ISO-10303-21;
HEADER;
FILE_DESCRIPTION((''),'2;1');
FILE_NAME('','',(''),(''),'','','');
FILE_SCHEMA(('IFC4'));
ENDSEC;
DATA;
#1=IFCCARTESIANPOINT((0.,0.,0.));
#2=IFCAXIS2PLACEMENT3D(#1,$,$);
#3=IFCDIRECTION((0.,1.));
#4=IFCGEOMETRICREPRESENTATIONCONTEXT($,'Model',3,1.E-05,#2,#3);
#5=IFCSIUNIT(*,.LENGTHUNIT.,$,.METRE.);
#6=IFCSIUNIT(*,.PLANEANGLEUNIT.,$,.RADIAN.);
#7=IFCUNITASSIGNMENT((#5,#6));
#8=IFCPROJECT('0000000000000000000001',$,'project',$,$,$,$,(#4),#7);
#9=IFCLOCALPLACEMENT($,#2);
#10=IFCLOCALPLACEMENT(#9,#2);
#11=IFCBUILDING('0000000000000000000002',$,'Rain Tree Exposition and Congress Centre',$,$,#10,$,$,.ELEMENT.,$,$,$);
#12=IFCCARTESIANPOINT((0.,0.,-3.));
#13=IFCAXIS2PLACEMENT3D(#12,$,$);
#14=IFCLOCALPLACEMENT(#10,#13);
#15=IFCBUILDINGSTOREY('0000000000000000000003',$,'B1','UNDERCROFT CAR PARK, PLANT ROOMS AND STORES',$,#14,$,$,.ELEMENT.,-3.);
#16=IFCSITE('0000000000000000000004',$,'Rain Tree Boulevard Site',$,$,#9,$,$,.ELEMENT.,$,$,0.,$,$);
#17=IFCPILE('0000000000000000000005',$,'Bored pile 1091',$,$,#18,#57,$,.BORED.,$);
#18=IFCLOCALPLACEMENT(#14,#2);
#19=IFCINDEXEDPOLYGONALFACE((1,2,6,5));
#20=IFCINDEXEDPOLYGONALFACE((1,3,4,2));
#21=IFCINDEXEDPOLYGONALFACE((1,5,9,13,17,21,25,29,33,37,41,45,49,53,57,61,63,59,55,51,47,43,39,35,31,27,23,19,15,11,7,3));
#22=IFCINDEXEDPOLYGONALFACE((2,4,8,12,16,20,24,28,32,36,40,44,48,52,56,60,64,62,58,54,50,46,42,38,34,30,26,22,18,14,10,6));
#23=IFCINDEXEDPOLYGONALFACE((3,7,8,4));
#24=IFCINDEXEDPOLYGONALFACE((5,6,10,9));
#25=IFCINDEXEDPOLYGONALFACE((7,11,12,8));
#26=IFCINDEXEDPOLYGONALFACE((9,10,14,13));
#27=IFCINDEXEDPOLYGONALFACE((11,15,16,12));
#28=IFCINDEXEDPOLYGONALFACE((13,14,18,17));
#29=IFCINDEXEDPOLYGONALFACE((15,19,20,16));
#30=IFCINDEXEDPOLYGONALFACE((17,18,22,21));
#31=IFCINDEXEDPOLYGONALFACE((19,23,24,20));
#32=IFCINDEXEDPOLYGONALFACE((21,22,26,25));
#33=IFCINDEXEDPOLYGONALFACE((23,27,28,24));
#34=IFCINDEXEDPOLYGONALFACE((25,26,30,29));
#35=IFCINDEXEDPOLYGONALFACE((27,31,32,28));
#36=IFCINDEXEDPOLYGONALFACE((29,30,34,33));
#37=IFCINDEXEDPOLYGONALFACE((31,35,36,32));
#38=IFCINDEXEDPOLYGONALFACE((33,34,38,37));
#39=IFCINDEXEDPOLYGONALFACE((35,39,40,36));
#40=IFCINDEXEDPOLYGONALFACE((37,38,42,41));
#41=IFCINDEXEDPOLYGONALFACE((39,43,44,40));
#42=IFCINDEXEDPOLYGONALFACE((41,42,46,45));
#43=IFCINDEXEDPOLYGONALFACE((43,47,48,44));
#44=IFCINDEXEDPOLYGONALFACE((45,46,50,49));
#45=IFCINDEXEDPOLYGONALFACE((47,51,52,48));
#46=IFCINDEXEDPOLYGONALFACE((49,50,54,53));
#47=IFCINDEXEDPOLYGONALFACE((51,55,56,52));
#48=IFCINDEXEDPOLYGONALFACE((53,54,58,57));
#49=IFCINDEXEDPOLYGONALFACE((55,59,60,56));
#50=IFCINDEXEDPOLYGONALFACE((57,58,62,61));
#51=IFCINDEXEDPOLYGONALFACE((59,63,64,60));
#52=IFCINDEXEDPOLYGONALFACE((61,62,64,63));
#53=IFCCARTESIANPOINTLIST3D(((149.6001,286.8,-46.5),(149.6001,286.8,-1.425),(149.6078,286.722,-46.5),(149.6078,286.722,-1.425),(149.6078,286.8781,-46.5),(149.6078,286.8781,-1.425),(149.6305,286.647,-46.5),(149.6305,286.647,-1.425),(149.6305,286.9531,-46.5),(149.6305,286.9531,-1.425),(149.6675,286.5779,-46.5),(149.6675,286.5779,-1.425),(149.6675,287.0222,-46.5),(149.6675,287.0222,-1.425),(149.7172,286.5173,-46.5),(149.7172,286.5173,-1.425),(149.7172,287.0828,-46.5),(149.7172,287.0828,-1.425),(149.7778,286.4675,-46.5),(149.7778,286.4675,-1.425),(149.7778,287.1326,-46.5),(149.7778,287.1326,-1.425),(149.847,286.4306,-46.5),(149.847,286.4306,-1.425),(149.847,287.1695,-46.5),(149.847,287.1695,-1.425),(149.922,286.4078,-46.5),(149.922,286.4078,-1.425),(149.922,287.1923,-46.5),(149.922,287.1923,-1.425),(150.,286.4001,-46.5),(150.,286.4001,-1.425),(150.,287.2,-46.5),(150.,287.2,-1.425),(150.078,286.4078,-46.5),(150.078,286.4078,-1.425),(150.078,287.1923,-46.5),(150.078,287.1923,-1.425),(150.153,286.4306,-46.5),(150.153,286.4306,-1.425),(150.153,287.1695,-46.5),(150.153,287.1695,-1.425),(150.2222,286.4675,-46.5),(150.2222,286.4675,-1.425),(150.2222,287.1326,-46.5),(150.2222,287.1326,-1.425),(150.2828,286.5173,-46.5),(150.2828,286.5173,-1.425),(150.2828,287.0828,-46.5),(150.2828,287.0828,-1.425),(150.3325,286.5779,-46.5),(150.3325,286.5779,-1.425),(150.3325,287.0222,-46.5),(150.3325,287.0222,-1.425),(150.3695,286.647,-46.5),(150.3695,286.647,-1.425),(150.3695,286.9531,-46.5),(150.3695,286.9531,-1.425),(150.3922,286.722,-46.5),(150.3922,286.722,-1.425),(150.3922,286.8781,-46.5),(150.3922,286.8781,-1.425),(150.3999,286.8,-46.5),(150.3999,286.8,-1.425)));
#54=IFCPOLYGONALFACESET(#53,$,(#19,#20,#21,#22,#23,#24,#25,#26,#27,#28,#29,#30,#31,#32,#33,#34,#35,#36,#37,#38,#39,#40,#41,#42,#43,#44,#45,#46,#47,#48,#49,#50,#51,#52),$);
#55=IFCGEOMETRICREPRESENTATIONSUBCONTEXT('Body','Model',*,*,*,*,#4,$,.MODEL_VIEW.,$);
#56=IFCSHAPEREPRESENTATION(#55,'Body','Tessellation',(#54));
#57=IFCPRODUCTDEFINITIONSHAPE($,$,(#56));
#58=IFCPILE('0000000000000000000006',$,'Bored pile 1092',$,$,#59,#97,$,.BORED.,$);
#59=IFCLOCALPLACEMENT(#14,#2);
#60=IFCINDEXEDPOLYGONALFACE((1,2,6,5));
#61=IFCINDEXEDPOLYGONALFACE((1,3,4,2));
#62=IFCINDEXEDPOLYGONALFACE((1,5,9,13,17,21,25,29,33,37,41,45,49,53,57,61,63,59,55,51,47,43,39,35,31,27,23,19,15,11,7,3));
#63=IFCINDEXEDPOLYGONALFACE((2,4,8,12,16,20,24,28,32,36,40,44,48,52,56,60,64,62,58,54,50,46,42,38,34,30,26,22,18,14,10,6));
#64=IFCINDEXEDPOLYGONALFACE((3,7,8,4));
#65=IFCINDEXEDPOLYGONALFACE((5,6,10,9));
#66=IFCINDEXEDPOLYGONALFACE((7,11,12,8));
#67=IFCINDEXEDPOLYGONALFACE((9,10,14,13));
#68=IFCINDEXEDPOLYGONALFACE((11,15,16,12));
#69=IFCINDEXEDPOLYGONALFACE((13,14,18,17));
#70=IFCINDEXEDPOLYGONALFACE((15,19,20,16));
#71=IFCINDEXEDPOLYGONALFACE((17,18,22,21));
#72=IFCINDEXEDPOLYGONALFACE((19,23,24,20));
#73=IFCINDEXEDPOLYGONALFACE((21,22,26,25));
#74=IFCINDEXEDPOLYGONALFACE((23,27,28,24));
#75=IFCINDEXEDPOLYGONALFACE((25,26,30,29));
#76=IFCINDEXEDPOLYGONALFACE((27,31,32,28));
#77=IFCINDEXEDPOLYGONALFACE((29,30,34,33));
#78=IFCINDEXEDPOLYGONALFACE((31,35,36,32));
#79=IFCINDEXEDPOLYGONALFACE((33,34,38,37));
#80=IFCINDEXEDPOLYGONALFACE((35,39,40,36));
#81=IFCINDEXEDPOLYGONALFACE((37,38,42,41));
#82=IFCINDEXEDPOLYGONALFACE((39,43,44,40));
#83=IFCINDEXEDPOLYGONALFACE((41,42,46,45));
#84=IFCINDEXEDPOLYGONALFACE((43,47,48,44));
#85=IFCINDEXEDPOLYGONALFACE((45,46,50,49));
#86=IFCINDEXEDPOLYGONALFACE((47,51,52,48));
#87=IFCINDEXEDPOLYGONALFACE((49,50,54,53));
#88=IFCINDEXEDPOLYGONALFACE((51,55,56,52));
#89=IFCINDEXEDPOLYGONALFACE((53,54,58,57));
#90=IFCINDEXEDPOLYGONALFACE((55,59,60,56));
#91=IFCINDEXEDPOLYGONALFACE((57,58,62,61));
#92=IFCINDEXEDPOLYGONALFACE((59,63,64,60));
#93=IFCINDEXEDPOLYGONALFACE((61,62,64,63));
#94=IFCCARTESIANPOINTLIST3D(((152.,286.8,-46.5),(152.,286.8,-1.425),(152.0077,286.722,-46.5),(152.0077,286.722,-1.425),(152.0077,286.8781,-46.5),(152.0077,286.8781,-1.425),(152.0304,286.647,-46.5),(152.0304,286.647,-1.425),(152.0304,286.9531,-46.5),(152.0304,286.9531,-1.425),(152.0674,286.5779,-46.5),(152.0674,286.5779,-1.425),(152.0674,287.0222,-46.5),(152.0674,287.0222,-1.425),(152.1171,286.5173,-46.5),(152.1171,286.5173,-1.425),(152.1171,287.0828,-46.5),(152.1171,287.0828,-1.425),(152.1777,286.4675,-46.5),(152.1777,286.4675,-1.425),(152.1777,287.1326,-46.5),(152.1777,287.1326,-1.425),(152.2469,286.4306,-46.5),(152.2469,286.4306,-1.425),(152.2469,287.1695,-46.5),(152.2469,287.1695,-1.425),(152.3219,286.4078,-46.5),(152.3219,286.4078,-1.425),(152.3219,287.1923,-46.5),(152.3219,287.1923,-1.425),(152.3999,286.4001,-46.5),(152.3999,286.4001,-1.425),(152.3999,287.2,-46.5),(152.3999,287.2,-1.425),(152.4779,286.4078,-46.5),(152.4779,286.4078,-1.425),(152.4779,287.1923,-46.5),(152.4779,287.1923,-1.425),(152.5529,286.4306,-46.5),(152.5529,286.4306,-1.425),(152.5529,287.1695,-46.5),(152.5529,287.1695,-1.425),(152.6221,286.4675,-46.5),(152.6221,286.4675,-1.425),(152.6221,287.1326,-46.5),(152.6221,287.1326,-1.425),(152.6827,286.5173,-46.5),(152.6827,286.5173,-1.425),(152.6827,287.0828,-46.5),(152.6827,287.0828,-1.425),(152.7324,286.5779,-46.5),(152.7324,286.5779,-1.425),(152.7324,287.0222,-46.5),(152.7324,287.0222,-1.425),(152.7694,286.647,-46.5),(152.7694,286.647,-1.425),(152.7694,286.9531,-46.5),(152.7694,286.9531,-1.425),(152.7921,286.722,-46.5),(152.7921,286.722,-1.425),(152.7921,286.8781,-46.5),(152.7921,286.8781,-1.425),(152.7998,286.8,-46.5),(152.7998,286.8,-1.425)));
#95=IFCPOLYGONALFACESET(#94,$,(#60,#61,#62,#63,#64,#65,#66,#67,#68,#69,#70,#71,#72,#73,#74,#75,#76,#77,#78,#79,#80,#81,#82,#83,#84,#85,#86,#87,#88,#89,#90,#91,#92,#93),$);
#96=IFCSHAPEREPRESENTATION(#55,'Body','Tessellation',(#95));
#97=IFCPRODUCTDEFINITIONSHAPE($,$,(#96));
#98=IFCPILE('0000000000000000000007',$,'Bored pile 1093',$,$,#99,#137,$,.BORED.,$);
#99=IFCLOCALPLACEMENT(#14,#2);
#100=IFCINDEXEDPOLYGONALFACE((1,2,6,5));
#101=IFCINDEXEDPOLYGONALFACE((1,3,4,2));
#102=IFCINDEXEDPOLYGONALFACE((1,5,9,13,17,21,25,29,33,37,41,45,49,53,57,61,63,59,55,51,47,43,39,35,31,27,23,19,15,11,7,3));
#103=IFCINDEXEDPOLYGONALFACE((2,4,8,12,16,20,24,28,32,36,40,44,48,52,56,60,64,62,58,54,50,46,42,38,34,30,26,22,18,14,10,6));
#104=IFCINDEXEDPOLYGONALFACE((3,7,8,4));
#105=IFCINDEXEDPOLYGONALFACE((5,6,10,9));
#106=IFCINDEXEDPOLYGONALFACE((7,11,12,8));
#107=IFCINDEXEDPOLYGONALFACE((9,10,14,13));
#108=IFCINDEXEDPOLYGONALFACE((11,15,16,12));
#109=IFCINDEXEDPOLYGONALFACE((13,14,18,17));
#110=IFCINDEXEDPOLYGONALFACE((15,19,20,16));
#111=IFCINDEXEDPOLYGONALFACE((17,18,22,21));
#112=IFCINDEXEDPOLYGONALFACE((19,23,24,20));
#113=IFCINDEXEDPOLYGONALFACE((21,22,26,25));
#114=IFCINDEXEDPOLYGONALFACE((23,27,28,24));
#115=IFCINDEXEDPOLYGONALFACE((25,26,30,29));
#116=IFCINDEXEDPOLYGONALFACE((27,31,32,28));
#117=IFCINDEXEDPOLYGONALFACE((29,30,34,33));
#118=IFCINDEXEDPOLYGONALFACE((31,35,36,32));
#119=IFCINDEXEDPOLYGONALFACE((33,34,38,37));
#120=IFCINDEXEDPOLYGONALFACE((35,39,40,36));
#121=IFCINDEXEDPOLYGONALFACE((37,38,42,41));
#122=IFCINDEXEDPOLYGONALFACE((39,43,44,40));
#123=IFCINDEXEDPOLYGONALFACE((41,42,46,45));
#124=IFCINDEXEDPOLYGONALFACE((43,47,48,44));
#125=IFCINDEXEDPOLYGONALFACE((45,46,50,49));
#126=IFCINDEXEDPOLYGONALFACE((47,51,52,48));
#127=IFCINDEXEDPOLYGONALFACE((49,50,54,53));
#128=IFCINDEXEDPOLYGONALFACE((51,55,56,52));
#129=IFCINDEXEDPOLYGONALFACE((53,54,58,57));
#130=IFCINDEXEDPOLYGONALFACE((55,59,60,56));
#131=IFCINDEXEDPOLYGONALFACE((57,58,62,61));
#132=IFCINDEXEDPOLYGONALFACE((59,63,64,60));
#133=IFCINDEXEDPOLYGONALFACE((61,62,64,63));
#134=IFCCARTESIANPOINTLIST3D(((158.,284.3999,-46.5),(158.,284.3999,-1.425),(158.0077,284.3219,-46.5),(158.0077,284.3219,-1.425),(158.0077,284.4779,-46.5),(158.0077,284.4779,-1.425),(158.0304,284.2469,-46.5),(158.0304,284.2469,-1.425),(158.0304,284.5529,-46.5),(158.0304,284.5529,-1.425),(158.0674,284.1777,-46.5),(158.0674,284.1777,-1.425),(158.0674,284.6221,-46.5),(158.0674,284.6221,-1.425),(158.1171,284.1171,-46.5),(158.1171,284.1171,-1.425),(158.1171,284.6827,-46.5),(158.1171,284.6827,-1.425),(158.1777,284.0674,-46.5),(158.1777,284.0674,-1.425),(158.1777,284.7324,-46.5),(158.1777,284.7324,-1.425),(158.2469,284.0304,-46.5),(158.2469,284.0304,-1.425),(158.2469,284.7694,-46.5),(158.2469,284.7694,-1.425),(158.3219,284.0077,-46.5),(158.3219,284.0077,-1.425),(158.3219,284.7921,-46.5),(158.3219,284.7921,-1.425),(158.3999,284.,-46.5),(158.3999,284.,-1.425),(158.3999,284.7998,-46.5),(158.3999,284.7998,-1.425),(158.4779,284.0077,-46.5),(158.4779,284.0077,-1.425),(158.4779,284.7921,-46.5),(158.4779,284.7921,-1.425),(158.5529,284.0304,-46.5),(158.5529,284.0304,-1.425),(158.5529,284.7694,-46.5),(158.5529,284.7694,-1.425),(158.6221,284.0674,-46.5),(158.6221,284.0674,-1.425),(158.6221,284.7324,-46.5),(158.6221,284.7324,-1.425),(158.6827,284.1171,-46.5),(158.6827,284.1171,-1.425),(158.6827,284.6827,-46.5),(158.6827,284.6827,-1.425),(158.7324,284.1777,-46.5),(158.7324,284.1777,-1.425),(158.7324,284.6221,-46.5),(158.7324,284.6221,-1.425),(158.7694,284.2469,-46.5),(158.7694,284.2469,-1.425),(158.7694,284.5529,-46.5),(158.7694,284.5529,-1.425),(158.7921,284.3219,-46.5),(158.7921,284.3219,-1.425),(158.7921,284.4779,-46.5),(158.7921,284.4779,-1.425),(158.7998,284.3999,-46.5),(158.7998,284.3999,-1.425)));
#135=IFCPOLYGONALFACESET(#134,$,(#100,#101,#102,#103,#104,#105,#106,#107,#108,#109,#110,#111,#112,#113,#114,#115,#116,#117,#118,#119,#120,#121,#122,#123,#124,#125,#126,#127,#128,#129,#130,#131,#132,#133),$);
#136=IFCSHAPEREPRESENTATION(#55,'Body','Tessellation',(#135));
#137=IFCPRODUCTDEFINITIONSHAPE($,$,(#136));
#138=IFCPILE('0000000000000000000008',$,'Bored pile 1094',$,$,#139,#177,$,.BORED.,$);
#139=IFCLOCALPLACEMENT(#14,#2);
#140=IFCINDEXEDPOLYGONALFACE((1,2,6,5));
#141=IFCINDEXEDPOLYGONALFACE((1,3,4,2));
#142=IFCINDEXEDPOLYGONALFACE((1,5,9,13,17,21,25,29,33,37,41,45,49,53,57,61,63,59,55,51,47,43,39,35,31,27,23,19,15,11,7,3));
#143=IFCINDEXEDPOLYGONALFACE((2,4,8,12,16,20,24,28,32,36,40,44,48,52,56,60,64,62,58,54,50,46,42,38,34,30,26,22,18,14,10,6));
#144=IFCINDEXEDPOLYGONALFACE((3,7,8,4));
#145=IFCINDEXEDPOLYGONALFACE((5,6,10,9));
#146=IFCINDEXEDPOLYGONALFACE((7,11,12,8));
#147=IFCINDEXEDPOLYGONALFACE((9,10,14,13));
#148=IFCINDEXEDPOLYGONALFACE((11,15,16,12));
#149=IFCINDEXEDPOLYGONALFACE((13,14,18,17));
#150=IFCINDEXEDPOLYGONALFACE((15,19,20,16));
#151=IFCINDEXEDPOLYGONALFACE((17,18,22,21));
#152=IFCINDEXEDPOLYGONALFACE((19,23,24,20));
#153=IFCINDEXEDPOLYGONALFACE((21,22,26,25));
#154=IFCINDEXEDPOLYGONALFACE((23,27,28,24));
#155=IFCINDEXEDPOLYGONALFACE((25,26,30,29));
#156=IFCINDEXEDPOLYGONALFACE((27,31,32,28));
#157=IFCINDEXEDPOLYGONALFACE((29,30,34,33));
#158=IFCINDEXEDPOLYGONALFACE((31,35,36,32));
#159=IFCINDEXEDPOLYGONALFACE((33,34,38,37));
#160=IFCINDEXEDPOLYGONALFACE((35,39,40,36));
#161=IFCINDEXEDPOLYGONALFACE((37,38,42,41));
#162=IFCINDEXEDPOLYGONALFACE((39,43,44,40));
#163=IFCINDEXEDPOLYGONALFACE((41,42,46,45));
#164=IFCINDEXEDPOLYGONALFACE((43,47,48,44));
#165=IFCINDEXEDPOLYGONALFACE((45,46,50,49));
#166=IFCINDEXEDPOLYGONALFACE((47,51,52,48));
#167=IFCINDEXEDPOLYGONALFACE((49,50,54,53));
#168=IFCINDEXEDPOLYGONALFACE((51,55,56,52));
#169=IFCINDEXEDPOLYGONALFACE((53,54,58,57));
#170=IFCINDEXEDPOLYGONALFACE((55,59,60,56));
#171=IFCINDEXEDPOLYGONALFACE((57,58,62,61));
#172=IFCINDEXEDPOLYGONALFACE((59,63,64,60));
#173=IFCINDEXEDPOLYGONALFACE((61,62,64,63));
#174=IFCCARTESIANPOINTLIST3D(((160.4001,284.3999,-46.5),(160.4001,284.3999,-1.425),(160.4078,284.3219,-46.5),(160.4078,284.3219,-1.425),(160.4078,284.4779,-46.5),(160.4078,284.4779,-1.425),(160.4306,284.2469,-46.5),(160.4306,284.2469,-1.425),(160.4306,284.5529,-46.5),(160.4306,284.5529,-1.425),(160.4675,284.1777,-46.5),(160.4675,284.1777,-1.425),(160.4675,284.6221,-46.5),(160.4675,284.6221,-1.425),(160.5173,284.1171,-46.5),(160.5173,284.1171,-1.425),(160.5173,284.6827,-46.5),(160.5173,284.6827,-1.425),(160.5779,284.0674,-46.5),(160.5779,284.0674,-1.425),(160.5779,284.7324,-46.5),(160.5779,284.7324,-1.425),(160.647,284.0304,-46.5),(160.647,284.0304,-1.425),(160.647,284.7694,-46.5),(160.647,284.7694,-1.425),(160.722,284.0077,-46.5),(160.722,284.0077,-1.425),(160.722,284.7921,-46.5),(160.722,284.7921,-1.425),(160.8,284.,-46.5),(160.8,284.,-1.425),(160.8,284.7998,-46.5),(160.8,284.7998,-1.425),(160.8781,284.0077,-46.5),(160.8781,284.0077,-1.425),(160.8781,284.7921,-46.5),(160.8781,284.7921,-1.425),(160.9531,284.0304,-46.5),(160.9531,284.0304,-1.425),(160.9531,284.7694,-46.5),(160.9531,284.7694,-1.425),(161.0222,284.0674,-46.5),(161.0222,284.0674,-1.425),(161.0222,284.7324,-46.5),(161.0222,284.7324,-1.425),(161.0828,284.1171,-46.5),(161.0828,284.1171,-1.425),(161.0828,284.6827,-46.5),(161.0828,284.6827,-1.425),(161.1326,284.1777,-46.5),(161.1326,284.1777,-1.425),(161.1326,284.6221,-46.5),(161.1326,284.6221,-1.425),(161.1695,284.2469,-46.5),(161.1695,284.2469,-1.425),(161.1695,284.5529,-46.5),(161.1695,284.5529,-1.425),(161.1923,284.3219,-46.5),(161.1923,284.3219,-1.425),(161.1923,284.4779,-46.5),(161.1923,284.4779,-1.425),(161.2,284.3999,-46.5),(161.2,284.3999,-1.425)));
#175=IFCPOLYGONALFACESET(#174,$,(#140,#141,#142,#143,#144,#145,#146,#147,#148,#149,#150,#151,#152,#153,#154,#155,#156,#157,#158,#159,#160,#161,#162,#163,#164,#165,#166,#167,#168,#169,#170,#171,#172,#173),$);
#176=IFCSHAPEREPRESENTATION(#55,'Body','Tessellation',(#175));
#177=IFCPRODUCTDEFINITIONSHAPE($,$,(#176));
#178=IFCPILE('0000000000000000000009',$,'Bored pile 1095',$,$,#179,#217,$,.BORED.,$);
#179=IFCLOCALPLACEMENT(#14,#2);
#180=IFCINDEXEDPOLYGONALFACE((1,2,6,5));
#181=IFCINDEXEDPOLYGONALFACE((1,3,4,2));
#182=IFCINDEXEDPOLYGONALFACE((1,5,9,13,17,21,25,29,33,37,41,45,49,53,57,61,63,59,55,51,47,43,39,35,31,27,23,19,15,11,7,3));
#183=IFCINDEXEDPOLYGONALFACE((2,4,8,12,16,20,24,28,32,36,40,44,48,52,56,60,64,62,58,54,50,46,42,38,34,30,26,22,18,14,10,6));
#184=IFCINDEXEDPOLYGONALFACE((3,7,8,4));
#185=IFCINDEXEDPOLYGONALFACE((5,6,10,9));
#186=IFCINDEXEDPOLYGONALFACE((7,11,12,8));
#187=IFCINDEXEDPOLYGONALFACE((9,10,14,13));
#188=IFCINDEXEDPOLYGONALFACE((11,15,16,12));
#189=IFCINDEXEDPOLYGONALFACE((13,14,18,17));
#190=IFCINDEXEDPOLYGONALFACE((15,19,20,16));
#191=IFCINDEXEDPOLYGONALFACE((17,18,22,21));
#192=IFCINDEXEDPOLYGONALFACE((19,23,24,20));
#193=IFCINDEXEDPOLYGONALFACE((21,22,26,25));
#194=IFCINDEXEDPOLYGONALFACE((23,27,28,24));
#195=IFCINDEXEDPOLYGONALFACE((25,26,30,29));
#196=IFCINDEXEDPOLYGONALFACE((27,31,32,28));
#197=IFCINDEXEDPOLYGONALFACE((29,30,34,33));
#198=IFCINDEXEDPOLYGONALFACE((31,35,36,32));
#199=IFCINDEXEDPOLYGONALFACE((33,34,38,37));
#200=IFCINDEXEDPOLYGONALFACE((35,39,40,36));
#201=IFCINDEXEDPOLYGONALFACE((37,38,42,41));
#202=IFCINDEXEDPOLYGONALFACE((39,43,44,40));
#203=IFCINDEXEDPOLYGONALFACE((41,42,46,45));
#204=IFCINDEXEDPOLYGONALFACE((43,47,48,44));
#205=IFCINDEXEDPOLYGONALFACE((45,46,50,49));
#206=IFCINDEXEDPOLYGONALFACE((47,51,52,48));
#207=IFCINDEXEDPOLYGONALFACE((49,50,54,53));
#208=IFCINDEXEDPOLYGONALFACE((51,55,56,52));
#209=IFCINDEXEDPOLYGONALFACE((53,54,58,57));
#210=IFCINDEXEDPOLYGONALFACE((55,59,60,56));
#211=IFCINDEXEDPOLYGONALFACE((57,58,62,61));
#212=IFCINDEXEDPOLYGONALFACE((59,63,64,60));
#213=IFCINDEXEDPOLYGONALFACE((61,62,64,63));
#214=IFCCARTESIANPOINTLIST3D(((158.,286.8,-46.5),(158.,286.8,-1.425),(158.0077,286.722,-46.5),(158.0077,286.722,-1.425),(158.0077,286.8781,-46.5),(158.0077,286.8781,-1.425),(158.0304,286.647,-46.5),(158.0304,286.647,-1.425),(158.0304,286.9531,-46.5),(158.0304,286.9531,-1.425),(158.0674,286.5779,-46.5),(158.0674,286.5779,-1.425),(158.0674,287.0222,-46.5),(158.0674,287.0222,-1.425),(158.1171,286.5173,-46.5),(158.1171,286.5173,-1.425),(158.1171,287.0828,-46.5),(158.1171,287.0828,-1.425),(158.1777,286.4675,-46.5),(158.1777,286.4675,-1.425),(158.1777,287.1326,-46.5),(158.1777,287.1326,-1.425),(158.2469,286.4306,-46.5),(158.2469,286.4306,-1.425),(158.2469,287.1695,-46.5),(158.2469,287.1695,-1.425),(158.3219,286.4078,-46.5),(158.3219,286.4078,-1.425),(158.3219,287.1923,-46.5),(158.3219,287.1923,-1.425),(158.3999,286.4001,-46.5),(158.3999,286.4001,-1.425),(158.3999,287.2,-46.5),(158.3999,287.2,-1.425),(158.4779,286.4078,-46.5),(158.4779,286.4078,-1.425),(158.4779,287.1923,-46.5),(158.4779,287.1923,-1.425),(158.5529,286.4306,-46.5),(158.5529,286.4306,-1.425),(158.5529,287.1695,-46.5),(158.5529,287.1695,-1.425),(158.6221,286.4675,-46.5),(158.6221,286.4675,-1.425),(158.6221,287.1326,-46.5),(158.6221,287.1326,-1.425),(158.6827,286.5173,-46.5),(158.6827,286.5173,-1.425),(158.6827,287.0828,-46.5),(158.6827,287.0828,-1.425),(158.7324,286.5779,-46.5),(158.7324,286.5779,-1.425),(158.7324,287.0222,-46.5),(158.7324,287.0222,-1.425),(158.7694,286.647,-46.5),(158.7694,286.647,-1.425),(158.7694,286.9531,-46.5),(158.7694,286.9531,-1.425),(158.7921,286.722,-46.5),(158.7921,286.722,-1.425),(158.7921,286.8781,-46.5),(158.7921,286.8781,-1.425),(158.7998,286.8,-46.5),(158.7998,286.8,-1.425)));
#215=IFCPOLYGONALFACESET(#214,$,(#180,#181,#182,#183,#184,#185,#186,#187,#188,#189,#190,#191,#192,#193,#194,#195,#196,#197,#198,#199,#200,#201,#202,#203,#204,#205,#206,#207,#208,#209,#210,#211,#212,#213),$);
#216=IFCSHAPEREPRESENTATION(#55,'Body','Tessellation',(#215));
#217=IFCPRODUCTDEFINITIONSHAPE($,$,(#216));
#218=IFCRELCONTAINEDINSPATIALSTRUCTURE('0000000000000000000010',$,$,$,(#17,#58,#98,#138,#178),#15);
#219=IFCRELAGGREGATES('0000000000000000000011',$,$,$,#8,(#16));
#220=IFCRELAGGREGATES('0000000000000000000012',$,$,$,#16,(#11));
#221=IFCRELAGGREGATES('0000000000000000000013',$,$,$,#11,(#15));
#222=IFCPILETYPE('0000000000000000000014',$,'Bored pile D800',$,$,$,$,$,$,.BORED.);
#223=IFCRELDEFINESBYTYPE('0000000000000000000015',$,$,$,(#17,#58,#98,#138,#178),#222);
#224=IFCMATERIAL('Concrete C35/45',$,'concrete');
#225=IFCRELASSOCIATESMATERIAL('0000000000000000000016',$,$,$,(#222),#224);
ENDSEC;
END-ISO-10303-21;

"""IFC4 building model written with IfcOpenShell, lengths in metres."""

from ifc_helpers import new_model, si_unit, direction, frame, origin, origin_2d, place, context, subcontext, project, spatial, circle, extrude, material, material_profile, profile_set, type_object, element, save


model = new_model("IFC4")

# Units and contexts
model_context = context("Model", 3, precision=1e-05, world=origin(), true_north=direction((0.0, 1.0)))
body_context = subcontext(model_context, "Body", "Model", "MODEL_VIEW")
ifc_project = project(units=[si_unit("LENGTHUNIT", "METRE"), si_unit("PLANEANGLEUNIT", "RADIAN")], contexts=[model_context])

# Site, building, storey
site_placement = place(None, origin())
site = spatial("IfcSite", under=ifc_project, at=site_placement, Name="Rain Tree Boulevard Site", CompositionType="ELEMENT", RefElevation=0.0)
building_placement = place(site_placement, origin())
building = spatial("IfcBuilding", under=site, at=building_placement, Name="Rain Tree Exposition and Congress Centre", CompositionType="ELEMENT")
storey_placement = place(building_placement, frame((0.0, 0.0, -3.0)))
storey = spatial("IfcBuildingStorey", under=building, at=storey_placement, Name="B1", Description="UNDERCROFT CAR PARK, PLANT ROOMS AND STORES", CompositionType="ELEMENT", Elevation=-3.0)

# Piles
ifc_material_1 = material(Name="Concrete C35/45", Category="concrete")
ifc_material_profile_1 = material_profile(ifc_material_1, circle(Radius=0.3999, at=origin_2d()), Name="D800")
ifc_profile_set_1 = profile_set([ifc_material_profile_1], Name="Concrete C35/45")
pile_type_1 = type_object("IfcPileType", Name="Bored pile D800", PredefinedType="BORED", material=ifc_profile_set_1)
for number, where, z_axis, x_axis, name in (
    (1, (150.0, 286.8, -1.425), (0.0, 0.0, -1.0), (1.0, 0.0, 0.0), "Bored pile 1091"),
    (2, (152.3999, 286.8, -1.425), (0.0, 0.0, -1.0), (1.0, 0.0, 0.0), "Bored pile 1092"),
    (3, (158.3999, 284.3999, -1.425), (0.0, 0.0, -1.0), (1.0, 0.0, 0.0), "Bored pile 1093"),
    (4, (160.8, 284.3999, -1.425), (0.0, 0.0, -1.0), (1.0, 0.0, 0.0), "Bored pile 1094"),
    (5, (158.3999, 286.8, -1.425), (0.0, 0.0, -1.0), (1.0, 0.0, 0.0), "Bored pile 1095"),
):
    element("IfcPile", number, at=place(storey_placement, frame(where, z_axis=z_axis, x_axis=x_axis)), inside=storey, type_object=pile_type_1, Name=name, PredefinedType="BORED", context=body_context, shape_type="SweptSolid", body=[
        extrude(circle(Radius=0.3999, at=origin_2d()), origin(), (0.0, 0.0, 1.0), 45.075),
    ])

save(model, "model.ifc")
